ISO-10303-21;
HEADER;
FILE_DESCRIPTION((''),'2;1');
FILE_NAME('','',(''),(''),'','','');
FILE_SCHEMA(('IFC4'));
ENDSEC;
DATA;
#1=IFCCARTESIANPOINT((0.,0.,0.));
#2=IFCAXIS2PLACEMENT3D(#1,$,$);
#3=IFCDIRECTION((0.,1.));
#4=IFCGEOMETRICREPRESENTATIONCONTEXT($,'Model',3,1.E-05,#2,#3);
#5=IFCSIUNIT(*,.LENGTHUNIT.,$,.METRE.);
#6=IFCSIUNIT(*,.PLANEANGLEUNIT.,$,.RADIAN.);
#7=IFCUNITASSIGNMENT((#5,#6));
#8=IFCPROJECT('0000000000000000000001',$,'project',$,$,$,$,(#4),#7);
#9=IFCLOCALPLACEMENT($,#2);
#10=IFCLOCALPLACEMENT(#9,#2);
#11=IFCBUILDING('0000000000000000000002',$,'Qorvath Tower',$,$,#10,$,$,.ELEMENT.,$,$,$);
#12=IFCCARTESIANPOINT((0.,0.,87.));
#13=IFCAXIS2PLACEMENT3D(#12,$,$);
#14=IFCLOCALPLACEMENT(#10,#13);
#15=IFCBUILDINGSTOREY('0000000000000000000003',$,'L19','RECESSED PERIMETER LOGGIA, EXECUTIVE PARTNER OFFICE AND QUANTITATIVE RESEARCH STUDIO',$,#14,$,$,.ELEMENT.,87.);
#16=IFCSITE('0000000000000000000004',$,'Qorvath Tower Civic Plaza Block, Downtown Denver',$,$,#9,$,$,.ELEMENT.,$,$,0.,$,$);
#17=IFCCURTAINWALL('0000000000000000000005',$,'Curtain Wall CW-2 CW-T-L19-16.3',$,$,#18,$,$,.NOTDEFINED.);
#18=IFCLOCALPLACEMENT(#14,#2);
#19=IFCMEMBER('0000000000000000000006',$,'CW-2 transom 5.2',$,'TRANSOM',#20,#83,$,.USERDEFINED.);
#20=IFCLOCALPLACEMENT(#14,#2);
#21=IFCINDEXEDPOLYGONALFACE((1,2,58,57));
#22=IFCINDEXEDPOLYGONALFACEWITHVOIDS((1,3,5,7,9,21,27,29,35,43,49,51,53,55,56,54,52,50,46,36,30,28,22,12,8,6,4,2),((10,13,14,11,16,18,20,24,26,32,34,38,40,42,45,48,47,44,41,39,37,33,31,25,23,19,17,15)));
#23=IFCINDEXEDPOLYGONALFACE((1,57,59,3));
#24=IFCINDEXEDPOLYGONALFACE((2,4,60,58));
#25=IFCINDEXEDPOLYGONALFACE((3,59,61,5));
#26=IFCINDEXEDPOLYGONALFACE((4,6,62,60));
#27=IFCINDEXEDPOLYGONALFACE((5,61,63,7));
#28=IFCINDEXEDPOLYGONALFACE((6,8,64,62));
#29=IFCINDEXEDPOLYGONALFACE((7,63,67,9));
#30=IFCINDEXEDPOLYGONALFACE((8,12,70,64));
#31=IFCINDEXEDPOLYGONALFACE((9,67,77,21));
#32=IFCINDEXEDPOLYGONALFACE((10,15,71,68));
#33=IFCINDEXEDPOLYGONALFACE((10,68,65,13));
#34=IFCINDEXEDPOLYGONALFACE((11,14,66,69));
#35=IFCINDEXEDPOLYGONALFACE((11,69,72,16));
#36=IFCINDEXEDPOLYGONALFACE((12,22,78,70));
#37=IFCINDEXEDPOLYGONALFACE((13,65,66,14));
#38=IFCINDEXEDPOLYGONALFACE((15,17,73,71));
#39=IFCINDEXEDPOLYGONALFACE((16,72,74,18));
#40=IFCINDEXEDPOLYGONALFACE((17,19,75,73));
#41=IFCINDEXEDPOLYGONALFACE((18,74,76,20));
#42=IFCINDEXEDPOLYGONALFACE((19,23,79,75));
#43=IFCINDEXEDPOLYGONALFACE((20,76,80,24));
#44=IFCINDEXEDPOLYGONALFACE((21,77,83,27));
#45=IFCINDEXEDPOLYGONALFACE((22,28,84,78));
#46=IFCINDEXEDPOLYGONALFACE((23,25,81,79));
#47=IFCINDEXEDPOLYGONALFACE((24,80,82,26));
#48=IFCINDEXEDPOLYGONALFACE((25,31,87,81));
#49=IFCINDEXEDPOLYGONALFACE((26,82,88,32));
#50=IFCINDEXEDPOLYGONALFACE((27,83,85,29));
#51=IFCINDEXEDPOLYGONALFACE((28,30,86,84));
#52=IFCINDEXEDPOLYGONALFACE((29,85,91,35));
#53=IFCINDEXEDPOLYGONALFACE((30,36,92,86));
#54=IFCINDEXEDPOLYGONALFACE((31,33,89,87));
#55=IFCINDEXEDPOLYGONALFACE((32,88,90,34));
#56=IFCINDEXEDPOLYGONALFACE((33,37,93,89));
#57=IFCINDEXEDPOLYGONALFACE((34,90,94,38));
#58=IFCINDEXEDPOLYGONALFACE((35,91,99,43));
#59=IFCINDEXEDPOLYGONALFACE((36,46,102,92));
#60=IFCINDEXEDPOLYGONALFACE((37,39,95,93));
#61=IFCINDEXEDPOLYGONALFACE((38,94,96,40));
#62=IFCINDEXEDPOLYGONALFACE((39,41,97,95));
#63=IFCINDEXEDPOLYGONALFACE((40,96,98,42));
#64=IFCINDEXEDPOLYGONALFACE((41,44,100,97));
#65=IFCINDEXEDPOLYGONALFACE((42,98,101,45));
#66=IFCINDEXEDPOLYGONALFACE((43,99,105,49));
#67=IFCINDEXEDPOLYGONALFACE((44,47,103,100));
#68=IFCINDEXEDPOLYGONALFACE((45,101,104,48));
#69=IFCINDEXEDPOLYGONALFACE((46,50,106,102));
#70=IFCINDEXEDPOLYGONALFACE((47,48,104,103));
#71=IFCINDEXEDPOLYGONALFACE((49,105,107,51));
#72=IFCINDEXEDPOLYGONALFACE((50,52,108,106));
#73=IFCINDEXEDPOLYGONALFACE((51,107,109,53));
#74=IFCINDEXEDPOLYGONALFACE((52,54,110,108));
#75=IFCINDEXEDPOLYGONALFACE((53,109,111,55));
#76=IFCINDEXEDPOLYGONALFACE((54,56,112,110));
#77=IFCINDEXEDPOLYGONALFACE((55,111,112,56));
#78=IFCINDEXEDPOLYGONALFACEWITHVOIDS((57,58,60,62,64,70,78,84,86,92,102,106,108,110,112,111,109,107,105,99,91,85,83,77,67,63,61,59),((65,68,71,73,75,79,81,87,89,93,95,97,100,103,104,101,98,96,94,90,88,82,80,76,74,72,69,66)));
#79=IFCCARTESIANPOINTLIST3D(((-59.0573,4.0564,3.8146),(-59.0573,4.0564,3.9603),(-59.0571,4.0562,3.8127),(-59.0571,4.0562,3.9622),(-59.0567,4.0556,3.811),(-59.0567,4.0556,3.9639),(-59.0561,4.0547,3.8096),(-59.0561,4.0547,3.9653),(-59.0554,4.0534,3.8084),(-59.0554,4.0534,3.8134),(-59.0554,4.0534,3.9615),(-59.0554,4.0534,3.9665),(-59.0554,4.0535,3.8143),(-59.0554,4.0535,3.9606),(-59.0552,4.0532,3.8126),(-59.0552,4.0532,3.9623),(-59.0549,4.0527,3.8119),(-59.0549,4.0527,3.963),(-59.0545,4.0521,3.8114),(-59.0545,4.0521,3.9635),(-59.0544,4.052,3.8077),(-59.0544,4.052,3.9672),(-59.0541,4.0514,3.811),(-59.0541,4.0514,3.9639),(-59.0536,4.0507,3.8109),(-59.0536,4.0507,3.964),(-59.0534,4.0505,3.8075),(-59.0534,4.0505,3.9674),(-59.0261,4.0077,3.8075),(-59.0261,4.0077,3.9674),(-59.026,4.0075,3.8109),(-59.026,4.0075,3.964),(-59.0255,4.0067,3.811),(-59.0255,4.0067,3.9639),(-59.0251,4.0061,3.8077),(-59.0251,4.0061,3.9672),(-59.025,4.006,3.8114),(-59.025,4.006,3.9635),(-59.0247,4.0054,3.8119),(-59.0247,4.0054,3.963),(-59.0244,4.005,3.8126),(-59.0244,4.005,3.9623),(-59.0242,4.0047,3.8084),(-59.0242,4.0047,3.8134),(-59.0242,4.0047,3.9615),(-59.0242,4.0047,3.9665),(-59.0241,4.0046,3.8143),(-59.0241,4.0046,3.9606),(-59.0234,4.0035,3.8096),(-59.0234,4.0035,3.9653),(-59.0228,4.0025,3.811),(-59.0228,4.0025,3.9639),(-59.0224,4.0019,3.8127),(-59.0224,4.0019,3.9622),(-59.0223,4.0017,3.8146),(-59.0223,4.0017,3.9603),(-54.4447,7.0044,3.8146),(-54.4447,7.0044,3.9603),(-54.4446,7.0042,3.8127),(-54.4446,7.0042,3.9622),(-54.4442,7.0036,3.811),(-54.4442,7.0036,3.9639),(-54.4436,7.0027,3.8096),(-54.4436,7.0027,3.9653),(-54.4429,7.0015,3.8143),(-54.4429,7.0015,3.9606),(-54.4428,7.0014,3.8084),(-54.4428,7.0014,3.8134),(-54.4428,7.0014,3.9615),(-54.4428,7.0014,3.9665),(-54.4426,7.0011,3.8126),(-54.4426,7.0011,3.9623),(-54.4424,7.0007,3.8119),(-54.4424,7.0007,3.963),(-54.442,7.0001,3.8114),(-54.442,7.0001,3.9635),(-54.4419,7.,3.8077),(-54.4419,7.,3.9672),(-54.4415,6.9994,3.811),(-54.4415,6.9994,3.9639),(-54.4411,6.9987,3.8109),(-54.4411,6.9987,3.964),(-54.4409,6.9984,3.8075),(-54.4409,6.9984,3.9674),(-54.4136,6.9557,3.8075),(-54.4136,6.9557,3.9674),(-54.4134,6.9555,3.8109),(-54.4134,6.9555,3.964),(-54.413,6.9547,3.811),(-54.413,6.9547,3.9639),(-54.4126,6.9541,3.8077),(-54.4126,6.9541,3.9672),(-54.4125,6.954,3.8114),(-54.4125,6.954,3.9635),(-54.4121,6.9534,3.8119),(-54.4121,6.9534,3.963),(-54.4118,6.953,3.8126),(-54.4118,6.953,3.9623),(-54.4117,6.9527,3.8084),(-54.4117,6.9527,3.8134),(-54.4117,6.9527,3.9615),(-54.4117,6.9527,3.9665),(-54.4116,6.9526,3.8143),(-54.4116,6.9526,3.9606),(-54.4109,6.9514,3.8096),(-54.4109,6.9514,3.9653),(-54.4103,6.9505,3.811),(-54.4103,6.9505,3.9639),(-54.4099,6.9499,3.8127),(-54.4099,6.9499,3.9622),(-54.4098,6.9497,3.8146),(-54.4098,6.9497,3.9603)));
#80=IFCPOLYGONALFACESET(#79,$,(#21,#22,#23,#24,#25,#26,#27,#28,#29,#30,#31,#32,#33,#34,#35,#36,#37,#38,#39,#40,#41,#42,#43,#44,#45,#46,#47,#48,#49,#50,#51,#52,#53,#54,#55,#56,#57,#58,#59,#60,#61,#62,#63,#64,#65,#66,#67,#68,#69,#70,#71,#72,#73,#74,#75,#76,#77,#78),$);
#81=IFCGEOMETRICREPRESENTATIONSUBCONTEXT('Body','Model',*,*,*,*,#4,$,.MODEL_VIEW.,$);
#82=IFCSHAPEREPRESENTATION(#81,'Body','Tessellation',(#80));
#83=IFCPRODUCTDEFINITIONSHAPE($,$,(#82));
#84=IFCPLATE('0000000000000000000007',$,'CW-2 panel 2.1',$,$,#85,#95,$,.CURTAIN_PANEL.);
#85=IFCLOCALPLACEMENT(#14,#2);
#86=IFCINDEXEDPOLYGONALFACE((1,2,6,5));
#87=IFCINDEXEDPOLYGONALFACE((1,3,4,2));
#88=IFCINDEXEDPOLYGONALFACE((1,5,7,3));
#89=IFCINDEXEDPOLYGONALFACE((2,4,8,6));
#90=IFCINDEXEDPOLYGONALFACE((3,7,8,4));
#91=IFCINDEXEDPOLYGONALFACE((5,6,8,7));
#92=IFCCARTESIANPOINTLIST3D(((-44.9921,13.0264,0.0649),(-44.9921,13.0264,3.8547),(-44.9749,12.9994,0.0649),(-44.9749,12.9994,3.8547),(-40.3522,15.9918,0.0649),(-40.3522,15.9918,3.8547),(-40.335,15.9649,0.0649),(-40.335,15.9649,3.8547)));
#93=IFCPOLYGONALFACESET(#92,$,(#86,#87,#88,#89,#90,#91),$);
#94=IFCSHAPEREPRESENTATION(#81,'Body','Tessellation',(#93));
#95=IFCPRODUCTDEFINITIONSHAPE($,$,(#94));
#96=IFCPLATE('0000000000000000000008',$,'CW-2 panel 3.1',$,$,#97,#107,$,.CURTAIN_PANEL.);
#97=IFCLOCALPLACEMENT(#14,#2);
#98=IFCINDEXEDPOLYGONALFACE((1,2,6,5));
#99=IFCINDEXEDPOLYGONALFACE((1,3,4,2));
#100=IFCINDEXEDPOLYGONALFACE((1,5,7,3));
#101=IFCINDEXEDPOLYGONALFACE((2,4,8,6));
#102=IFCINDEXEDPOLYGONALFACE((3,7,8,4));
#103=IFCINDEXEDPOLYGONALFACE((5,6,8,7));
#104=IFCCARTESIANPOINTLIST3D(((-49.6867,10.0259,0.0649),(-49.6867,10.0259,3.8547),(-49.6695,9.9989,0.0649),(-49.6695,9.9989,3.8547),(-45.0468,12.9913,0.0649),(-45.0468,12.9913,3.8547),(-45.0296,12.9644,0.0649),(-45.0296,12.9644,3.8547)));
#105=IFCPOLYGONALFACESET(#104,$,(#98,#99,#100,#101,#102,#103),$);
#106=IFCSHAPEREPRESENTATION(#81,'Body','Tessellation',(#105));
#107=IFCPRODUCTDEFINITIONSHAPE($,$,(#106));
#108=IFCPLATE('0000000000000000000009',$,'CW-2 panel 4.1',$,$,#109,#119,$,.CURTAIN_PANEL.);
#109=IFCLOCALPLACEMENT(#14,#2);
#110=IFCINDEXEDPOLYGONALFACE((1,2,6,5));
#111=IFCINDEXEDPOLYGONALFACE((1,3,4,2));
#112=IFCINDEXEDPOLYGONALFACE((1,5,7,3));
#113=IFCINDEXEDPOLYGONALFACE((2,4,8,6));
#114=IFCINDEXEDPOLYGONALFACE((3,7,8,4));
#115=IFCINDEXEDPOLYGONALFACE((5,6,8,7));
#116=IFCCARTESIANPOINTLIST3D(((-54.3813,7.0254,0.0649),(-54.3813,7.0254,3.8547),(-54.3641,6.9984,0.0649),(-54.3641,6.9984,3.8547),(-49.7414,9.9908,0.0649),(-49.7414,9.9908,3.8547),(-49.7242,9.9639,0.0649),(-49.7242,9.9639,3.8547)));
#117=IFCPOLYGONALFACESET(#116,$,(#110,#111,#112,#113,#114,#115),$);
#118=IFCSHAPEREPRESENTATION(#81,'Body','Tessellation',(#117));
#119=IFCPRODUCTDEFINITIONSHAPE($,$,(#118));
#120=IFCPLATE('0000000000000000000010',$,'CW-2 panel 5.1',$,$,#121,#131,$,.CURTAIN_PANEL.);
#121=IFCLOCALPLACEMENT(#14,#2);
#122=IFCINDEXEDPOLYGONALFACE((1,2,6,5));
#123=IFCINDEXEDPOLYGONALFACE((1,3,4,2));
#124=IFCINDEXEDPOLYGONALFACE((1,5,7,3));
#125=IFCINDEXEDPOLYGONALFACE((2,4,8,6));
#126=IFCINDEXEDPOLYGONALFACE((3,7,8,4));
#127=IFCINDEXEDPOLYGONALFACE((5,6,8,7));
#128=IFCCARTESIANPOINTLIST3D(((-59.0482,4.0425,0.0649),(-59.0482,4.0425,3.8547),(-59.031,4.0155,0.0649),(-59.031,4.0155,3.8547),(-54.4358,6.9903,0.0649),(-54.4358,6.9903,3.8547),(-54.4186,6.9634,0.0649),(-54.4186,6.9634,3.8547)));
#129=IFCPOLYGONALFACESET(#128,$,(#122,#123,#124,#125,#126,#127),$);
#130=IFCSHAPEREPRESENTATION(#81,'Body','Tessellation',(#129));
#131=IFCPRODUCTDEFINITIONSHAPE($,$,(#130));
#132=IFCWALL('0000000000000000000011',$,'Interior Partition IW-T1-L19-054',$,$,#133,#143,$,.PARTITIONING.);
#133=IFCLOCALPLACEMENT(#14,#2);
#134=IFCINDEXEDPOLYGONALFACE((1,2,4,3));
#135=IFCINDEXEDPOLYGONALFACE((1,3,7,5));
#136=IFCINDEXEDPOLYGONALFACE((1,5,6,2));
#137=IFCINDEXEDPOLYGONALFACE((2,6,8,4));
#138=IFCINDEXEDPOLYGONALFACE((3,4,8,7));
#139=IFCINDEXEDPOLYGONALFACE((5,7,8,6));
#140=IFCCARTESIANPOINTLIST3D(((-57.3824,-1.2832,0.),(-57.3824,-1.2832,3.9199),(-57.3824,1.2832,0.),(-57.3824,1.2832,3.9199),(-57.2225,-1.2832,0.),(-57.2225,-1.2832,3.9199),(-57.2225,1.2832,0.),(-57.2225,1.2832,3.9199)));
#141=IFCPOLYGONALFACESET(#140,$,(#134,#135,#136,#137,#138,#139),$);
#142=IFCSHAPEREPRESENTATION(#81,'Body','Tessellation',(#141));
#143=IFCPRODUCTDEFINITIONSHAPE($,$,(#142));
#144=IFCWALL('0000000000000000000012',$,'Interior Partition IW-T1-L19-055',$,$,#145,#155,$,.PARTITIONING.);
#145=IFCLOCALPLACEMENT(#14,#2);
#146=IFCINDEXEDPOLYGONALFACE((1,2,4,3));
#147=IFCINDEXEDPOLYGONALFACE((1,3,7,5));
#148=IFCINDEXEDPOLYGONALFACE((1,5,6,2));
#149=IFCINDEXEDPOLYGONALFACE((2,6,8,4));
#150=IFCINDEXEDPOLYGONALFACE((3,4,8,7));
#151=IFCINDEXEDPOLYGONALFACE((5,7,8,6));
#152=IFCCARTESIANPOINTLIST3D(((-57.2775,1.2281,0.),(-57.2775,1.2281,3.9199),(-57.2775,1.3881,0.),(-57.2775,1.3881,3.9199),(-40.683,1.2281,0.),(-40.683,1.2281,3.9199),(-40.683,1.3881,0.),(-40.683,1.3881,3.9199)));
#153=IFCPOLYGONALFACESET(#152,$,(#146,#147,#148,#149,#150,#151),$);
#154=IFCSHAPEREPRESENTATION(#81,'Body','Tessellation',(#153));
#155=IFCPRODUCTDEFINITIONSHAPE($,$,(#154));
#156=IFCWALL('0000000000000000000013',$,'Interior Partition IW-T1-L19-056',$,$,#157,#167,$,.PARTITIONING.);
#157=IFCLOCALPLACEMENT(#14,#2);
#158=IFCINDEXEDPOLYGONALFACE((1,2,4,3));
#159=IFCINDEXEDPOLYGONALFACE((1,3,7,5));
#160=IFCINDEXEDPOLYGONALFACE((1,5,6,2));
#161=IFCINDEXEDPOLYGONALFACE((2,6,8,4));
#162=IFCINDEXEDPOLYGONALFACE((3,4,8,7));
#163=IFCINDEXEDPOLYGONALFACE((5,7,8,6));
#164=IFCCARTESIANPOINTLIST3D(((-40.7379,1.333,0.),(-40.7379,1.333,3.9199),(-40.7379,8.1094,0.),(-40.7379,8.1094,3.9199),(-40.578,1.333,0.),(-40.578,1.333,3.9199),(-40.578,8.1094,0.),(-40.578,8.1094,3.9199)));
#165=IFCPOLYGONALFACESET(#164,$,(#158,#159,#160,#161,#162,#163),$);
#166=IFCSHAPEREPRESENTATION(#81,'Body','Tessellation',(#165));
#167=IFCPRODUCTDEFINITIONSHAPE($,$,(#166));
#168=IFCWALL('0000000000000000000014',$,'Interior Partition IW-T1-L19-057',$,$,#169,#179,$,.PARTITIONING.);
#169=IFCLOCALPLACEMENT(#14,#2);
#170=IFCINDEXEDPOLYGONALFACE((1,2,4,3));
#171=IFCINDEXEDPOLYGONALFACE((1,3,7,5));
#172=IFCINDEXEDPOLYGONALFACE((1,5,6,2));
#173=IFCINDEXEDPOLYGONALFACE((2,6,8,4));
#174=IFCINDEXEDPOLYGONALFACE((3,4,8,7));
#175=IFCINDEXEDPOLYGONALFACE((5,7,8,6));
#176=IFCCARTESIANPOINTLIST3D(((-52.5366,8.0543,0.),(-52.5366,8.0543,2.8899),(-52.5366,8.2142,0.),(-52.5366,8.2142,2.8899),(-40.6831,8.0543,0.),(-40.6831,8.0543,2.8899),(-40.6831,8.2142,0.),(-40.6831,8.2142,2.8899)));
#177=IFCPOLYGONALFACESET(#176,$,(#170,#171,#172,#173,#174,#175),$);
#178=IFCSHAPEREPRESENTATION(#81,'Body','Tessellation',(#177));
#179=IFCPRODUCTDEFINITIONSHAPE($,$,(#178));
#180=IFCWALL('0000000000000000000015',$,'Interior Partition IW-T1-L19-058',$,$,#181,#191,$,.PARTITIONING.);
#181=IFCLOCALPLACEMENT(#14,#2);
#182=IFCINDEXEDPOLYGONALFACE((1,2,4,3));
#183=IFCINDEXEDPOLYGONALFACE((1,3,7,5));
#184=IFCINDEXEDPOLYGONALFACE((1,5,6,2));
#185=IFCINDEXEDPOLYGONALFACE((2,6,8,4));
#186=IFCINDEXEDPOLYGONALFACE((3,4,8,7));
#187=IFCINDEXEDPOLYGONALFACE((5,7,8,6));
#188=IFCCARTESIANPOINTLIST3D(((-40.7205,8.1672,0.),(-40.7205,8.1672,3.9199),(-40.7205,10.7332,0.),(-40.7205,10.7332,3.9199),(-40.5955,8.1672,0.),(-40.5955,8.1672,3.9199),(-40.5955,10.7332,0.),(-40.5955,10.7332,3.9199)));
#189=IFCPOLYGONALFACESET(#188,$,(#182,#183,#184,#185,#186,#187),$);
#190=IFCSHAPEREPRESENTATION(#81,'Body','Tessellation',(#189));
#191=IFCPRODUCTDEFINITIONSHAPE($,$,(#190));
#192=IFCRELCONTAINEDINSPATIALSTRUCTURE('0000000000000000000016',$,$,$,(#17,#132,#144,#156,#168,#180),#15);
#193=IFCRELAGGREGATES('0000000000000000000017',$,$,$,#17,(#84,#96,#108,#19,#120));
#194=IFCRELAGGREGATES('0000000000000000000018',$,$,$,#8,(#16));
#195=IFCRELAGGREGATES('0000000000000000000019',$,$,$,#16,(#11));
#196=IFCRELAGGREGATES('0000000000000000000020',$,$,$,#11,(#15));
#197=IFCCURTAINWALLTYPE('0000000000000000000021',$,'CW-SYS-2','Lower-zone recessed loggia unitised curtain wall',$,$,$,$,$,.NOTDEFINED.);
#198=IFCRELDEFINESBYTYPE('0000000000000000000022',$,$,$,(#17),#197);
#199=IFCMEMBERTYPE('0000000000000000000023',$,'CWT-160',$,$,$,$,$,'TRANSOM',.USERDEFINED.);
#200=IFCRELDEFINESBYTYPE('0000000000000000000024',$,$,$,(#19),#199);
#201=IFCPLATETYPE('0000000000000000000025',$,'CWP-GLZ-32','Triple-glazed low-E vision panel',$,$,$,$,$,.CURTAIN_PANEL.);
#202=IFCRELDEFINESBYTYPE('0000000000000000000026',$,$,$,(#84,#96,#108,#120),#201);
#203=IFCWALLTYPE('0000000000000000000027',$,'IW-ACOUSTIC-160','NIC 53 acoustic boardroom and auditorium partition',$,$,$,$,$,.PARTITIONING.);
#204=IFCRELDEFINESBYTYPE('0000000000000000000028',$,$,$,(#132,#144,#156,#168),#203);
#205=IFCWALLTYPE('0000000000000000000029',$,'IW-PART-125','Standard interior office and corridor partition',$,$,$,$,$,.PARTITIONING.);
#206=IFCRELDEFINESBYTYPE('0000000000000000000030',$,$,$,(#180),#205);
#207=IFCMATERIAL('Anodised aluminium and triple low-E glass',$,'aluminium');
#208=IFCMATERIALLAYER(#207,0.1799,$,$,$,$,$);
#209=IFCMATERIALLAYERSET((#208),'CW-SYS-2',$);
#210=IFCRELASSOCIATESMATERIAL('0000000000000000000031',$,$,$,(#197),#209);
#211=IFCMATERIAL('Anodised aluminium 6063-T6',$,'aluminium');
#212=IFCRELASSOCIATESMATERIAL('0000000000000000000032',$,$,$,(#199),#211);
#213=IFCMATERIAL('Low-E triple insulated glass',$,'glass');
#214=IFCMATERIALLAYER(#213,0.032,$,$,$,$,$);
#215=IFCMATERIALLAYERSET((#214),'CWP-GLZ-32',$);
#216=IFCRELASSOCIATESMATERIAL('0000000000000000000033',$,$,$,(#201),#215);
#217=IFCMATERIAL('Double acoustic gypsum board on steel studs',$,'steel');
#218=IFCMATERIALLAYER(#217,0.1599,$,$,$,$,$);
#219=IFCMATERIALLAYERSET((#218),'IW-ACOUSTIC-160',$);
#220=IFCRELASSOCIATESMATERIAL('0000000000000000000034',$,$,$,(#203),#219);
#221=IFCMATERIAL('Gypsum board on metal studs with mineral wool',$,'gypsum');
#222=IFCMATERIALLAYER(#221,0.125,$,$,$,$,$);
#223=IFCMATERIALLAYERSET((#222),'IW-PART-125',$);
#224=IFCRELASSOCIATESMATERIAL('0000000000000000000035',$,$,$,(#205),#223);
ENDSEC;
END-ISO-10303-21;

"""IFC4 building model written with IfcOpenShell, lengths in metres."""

from ifc_helpers import new_model, si_unit, direction, frame, frame_2d, origin, origin_2d, place, context, subcontext, project, spatial, rectangle, hollow_rectangle, extrude, material, layer, layer_set, material_profile, profile_set, type_object, element, aggregate, save


model = new_model("IFC4")

# Units and contexts
model_context = context("Model", 3, precision=1e-05, world=origin(), true_north=direction((0.0, 1.0)))
body_context = subcontext(model_context, "Body", "Model", "MODEL_VIEW")
ifc_project = project(units=[si_unit("LENGTHUNIT", "METRE"), si_unit("PLANEANGLEUNIT", "RADIAN")], contexts=[model_context])

# Site, building, storey
site_placement = place(None, origin())
site = spatial("IfcSite", under=ifc_project, at=site_placement, Name="Qorvath Tower Civic Plaza Block, Downtown Denver", CompositionType="ELEMENT", RefElevation=0.0)
building_placement = place(site_placement, origin())
building = spatial("IfcBuilding", under=site, at=building_placement, Name="Qorvath Tower", CompositionType="ELEMENT")
storey_placement = place(building_placement, frame((0.0, 0.0, 87.0)))
storey = spatial("IfcBuildingStorey", under=building, at=storey_placement, Name="L19", Description="RECESSED PERIMETER LOGGIA, EXECUTIVE PARTNER OFFICE AND QUANTITATIVE RESEARCH STUDIO", CompositionType="ELEMENT", Elevation=87.0)

# Curtain wall, member, plates
ifc_material_1 = material(Name="Anodised aluminium and triple low-E glass", Category="aluminium")
ifc_layer_1 = layer(ifc_material_1, 0.1799)
ifc_layer_set_1 = layer_set([ifc_layer_1], Name="CW-SYS-2")
curtain_wall_type = type_object("IfcCurtainWallType", Name="CW-SYS-2", Description="Lower-zone recessed loggia unitised curtain wall", PredefinedType="NOTDEFINED", material=ifc_layer_set_1)
curtain_wall_placement = place(storey_placement, origin())
curtain_wall = element("IfcCurtainWall", 1, at=curtain_wall_placement, inside=storey, type_object=curtain_wall_type, Name="Curtain Wall CW-2 CW-T-L19-16.3", PredefinedType="NOTDEFINED")
ifc_material_2 = material(Name="Anodised aluminium 6063-T6", Category="aluminium")
ifc_material_profile_1 = material_profile(ifc_material_2, hollow_rectangle(XDim=0.0649, YDim=0.1599, WallThickness=0.0034, InnerFilletRadius=0.0034, OuterFilletRadius=0.0071, at=origin_2d()), Name="CWT 160x65")
ifc_profile_set_1 = profile_set([ifc_material_profile_1], Name="Anodised aluminium 6063-T6")
member_type_1 = type_object("IfcMemberType", Name="CWT-160", ElementType="TRANSOM", PredefinedType="USERDEFINED", material=ifc_profile_set_1)
member_1_placement = place(storey_placement, frame((-54.4272, 6.9771, 3.8875), z_axis=(-0.842606, -0.538531, 0.0), x_axis=(0.538531, -0.842606, 0.0)))
member_1 = element("IfcMember", 2, at=member_1_placement, type_object=member_type_1, Name="CW-2 transom 5.2", ObjectType="TRANSOM", PredefinedType="USERDEFINED", context=body_context, shape_type="SweptSolid", body=[
    extrude(hollow_rectangle(XDim=0.0649, YDim=0.1599, WallThickness=0.0034, InnerFilletRadius=0.0034, OuterFilletRadius=0.0071, at=origin_2d()), origin(), (0.0, 0.0, 1.0), 5.4741),
])
ifc_material_3 = material(Name="Low-E triple insulated glass", Category="glass")
ifc_layer_2 = layer(ifc_material_3, 0.032)
ifc_layer_set_2 = layer_set([ifc_layer_2], Name="CWP-GLZ-32")
plate_type = type_object("IfcPlateType", Name="CWP-GLZ-32", Description="Triple-glazed low-E vision panel", PredefinedType="CURTAIN_PANEL", material=ifc_layer_set_2)
plate_1_placement = place(storey_placement, frame((-42.6636, 14.4956, 0.0649), z_axis=(0.0, 0.0, 1.0), x_axis=(-0.842608, -0.538528, 0.0)))
plate_1 = element("IfcPlate", 3, at=plate_1_placement, type_object=plate_type, Name="CW-2 panel 2.1", PredefinedType="CURTAIN_PANEL", context=body_context, shape_type="SweptSolid", body=[
    extrude(rectangle(XDim=5.5066, YDim=0.032, at=origin_2d()), origin(), (0.0, 0.0, 1.0), 3.7898),
])
plate_2_placement = place(storey_placement, frame((-47.3582, 11.4951, 0.0649), z_axis=(0.0, 0.0, 1.0), x_axis=(-0.842608, -0.538528, 0.0)))
plate_2 = element("IfcPlate", 4, at=plate_2_placement, type_object=plate_type, Name="CW-2 panel 3.1", PredefinedType="CURTAIN_PANEL", context=body_context, shape_type="SweptSolid", body=[
    extrude(rectangle(XDim=5.5066, YDim=0.032, at=origin_2d()), origin(), (0.0, 0.0, 1.0), 3.7898),
])
plate_3_placement = place(storey_placement, frame((-52.0527, 8.4946, 0.0649), z_axis=(0.0, 0.0, 1.0), x_axis=(-0.842608, -0.538528, 0.0)))
plate_3 = element("IfcPlate", 5, at=plate_3_placement, type_object=plate_type, Name="CW-2 panel 4.1", PredefinedType="CURTAIN_PANEL", context=body_context, shape_type="SweptSolid", body=[
    extrude(rectangle(XDim=5.5066, YDim=0.032, at=origin_2d()), origin(), (0.0, 0.0, 1.0), 3.7898),
])
plate_4_placement = place(storey_placement, frame((-56.7334, 5.5029, 0.0649), z_axis=(0.0, 0.0, 1.0), x_axis=(-0.842608, -0.538528, 0.0)))
plate_4 = element("IfcPlate", 6, at=plate_4_placement, type_object=plate_type, Name="CW-2 panel 5.1", PredefinedType="CURTAIN_PANEL", context=body_context, shape_type="SweptSolid", body=[
    extrude(rectangle(XDim=5.4739, YDim=0.032, at=origin_2d()), origin(), (0.0, 0.0, 1.0), 3.7898),
])
aggregate(curtain_wall, [plate_1, plate_2, plate_3, member_1, plate_4])

# Walls
ifc_material_4 = material(Name="Double acoustic gypsum board on steel studs", Category="steel")
ifc_layer_3 = layer(ifc_material_4, 0.1599)
ifc_layer_set_3 = layer_set([ifc_layer_3], Name="IW-ACOUSTIC-160")
wall_type_1 = type_object("IfcWallType", Name="IW-ACOUSTIC-160", Description="NIC 53 acoustic boardroom and auditorium partition", PredefinedType="PARTITIONING", material=ifc_layer_set_3)
wall_1_placement = place(storey_placement, frame((-57.3025, 1.2832, 0.0), z_axis=(0.0, 0.0, 1.0), x_axis=(0.0, -1.0, 0.0)))
element("IfcWall", 7, at=wall_1_placement, inside=storey, type_object=wall_type_1, Name="Interior Partition IW-T1-L19-054", PredefinedType="PARTITIONING", context=body_context, shape_type="SweptSolid", body=[
    extrude(rectangle(XDim=2.5664, YDim=0.1599, at=frame_2d((1.2832, 0.0))), origin(), (0.0, 0.0, 1.0), 3.9199),
])
wall_2_placement = place(storey_placement, frame((-57.2776, 1.3081, 0.0), z_axis=(0.0, 0.0, 1.0), x_axis=(1.0, 0.0, 0.0)))
element("IfcWall", 8, at=wall_2_placement, inside=storey, type_object=wall_type_1, Name="Interior Partition IW-T1-L19-055", PredefinedType="PARTITIONING", context=body_context, shape_type="SweptSolid", body=[
    extrude(rectangle(XDim=16.5945, YDim=0.1599, at=frame_2d((8.2974, 0.0))), origin(), (0.0, 0.0, 1.0), 3.9199),
])
wall_3_placement = place(storey_placement, frame((-40.658, 1.333, 0.0), z_axis=(0.0, 0.0, 1.0), x_axis=(0.0, 1.0, 0.0)))
element("IfcWall", 9, at=wall_3_placement, inside=storey, type_object=wall_type_1, Name="Interior Partition IW-T1-L19-056", PredefinedType="PARTITIONING", context=body_context, shape_type="SweptSolid", body=[
    extrude(rectangle(XDim=6.7764, YDim=0.1599, at=frame_2d((3.3882, 0.0))), origin(), (0.0, 0.0, 1.0), 3.9199),
])
wall_4_placement = place(storey_placement, frame((-40.6831, 8.1343, 0.0), z_axis=(0.0, 0.0, 1.0), x_axis=(-1.0, 0.0, 0.0)))
element("IfcWall", 10, at=wall_4_placement, inside=storey, type_object=wall_type_1, Name="Interior Partition IW-T1-L19-057", PredefinedType="PARTITIONING", context=body_context, shape_type="SweptSolid", body=[
    extrude(rectangle(XDim=11.8535, YDim=0.1599, at=frame_2d((5.9268, 0.0))), origin(), (0.0, 0.0, 1.0), 2.8899),
])
ifc_material_5 = material(Name="Gypsum board on metal studs with mineral wool", Category="gypsum")
ifc_layer_4 = layer(ifc_material_5, 0.125)
ifc_layer_set_4 = layer_set([ifc_layer_4], Name="IW-PART-125")
wall_type_2 = type_object("IfcWallType", Name="IW-PART-125", Description="Standard interior office and corridor partition", PredefinedType="PARTITIONING", material=ifc_layer_set_4)
wall_5_placement = place(storey_placement, frame((-40.658, 8.1672, 0.0), z_axis=(0.0, 0.0, 1.0), x_axis=(0.0, 1.0, 0.0)))
element("IfcWall", 11, at=wall_5_placement, inside=storey, type_object=wall_type_2, Name="Interior Partition IW-T1-L19-058", PredefinedType="PARTITIONING", context=body_context, shape_type="SweptSolid", body=[
    extrude(rectangle(XDim=2.5659, YDim=0.125, at=frame_2d((1.283, 0.0))), origin(), (0.0, 0.0, 1.0), 3.9199),
])

save(model, "model.ifc")
